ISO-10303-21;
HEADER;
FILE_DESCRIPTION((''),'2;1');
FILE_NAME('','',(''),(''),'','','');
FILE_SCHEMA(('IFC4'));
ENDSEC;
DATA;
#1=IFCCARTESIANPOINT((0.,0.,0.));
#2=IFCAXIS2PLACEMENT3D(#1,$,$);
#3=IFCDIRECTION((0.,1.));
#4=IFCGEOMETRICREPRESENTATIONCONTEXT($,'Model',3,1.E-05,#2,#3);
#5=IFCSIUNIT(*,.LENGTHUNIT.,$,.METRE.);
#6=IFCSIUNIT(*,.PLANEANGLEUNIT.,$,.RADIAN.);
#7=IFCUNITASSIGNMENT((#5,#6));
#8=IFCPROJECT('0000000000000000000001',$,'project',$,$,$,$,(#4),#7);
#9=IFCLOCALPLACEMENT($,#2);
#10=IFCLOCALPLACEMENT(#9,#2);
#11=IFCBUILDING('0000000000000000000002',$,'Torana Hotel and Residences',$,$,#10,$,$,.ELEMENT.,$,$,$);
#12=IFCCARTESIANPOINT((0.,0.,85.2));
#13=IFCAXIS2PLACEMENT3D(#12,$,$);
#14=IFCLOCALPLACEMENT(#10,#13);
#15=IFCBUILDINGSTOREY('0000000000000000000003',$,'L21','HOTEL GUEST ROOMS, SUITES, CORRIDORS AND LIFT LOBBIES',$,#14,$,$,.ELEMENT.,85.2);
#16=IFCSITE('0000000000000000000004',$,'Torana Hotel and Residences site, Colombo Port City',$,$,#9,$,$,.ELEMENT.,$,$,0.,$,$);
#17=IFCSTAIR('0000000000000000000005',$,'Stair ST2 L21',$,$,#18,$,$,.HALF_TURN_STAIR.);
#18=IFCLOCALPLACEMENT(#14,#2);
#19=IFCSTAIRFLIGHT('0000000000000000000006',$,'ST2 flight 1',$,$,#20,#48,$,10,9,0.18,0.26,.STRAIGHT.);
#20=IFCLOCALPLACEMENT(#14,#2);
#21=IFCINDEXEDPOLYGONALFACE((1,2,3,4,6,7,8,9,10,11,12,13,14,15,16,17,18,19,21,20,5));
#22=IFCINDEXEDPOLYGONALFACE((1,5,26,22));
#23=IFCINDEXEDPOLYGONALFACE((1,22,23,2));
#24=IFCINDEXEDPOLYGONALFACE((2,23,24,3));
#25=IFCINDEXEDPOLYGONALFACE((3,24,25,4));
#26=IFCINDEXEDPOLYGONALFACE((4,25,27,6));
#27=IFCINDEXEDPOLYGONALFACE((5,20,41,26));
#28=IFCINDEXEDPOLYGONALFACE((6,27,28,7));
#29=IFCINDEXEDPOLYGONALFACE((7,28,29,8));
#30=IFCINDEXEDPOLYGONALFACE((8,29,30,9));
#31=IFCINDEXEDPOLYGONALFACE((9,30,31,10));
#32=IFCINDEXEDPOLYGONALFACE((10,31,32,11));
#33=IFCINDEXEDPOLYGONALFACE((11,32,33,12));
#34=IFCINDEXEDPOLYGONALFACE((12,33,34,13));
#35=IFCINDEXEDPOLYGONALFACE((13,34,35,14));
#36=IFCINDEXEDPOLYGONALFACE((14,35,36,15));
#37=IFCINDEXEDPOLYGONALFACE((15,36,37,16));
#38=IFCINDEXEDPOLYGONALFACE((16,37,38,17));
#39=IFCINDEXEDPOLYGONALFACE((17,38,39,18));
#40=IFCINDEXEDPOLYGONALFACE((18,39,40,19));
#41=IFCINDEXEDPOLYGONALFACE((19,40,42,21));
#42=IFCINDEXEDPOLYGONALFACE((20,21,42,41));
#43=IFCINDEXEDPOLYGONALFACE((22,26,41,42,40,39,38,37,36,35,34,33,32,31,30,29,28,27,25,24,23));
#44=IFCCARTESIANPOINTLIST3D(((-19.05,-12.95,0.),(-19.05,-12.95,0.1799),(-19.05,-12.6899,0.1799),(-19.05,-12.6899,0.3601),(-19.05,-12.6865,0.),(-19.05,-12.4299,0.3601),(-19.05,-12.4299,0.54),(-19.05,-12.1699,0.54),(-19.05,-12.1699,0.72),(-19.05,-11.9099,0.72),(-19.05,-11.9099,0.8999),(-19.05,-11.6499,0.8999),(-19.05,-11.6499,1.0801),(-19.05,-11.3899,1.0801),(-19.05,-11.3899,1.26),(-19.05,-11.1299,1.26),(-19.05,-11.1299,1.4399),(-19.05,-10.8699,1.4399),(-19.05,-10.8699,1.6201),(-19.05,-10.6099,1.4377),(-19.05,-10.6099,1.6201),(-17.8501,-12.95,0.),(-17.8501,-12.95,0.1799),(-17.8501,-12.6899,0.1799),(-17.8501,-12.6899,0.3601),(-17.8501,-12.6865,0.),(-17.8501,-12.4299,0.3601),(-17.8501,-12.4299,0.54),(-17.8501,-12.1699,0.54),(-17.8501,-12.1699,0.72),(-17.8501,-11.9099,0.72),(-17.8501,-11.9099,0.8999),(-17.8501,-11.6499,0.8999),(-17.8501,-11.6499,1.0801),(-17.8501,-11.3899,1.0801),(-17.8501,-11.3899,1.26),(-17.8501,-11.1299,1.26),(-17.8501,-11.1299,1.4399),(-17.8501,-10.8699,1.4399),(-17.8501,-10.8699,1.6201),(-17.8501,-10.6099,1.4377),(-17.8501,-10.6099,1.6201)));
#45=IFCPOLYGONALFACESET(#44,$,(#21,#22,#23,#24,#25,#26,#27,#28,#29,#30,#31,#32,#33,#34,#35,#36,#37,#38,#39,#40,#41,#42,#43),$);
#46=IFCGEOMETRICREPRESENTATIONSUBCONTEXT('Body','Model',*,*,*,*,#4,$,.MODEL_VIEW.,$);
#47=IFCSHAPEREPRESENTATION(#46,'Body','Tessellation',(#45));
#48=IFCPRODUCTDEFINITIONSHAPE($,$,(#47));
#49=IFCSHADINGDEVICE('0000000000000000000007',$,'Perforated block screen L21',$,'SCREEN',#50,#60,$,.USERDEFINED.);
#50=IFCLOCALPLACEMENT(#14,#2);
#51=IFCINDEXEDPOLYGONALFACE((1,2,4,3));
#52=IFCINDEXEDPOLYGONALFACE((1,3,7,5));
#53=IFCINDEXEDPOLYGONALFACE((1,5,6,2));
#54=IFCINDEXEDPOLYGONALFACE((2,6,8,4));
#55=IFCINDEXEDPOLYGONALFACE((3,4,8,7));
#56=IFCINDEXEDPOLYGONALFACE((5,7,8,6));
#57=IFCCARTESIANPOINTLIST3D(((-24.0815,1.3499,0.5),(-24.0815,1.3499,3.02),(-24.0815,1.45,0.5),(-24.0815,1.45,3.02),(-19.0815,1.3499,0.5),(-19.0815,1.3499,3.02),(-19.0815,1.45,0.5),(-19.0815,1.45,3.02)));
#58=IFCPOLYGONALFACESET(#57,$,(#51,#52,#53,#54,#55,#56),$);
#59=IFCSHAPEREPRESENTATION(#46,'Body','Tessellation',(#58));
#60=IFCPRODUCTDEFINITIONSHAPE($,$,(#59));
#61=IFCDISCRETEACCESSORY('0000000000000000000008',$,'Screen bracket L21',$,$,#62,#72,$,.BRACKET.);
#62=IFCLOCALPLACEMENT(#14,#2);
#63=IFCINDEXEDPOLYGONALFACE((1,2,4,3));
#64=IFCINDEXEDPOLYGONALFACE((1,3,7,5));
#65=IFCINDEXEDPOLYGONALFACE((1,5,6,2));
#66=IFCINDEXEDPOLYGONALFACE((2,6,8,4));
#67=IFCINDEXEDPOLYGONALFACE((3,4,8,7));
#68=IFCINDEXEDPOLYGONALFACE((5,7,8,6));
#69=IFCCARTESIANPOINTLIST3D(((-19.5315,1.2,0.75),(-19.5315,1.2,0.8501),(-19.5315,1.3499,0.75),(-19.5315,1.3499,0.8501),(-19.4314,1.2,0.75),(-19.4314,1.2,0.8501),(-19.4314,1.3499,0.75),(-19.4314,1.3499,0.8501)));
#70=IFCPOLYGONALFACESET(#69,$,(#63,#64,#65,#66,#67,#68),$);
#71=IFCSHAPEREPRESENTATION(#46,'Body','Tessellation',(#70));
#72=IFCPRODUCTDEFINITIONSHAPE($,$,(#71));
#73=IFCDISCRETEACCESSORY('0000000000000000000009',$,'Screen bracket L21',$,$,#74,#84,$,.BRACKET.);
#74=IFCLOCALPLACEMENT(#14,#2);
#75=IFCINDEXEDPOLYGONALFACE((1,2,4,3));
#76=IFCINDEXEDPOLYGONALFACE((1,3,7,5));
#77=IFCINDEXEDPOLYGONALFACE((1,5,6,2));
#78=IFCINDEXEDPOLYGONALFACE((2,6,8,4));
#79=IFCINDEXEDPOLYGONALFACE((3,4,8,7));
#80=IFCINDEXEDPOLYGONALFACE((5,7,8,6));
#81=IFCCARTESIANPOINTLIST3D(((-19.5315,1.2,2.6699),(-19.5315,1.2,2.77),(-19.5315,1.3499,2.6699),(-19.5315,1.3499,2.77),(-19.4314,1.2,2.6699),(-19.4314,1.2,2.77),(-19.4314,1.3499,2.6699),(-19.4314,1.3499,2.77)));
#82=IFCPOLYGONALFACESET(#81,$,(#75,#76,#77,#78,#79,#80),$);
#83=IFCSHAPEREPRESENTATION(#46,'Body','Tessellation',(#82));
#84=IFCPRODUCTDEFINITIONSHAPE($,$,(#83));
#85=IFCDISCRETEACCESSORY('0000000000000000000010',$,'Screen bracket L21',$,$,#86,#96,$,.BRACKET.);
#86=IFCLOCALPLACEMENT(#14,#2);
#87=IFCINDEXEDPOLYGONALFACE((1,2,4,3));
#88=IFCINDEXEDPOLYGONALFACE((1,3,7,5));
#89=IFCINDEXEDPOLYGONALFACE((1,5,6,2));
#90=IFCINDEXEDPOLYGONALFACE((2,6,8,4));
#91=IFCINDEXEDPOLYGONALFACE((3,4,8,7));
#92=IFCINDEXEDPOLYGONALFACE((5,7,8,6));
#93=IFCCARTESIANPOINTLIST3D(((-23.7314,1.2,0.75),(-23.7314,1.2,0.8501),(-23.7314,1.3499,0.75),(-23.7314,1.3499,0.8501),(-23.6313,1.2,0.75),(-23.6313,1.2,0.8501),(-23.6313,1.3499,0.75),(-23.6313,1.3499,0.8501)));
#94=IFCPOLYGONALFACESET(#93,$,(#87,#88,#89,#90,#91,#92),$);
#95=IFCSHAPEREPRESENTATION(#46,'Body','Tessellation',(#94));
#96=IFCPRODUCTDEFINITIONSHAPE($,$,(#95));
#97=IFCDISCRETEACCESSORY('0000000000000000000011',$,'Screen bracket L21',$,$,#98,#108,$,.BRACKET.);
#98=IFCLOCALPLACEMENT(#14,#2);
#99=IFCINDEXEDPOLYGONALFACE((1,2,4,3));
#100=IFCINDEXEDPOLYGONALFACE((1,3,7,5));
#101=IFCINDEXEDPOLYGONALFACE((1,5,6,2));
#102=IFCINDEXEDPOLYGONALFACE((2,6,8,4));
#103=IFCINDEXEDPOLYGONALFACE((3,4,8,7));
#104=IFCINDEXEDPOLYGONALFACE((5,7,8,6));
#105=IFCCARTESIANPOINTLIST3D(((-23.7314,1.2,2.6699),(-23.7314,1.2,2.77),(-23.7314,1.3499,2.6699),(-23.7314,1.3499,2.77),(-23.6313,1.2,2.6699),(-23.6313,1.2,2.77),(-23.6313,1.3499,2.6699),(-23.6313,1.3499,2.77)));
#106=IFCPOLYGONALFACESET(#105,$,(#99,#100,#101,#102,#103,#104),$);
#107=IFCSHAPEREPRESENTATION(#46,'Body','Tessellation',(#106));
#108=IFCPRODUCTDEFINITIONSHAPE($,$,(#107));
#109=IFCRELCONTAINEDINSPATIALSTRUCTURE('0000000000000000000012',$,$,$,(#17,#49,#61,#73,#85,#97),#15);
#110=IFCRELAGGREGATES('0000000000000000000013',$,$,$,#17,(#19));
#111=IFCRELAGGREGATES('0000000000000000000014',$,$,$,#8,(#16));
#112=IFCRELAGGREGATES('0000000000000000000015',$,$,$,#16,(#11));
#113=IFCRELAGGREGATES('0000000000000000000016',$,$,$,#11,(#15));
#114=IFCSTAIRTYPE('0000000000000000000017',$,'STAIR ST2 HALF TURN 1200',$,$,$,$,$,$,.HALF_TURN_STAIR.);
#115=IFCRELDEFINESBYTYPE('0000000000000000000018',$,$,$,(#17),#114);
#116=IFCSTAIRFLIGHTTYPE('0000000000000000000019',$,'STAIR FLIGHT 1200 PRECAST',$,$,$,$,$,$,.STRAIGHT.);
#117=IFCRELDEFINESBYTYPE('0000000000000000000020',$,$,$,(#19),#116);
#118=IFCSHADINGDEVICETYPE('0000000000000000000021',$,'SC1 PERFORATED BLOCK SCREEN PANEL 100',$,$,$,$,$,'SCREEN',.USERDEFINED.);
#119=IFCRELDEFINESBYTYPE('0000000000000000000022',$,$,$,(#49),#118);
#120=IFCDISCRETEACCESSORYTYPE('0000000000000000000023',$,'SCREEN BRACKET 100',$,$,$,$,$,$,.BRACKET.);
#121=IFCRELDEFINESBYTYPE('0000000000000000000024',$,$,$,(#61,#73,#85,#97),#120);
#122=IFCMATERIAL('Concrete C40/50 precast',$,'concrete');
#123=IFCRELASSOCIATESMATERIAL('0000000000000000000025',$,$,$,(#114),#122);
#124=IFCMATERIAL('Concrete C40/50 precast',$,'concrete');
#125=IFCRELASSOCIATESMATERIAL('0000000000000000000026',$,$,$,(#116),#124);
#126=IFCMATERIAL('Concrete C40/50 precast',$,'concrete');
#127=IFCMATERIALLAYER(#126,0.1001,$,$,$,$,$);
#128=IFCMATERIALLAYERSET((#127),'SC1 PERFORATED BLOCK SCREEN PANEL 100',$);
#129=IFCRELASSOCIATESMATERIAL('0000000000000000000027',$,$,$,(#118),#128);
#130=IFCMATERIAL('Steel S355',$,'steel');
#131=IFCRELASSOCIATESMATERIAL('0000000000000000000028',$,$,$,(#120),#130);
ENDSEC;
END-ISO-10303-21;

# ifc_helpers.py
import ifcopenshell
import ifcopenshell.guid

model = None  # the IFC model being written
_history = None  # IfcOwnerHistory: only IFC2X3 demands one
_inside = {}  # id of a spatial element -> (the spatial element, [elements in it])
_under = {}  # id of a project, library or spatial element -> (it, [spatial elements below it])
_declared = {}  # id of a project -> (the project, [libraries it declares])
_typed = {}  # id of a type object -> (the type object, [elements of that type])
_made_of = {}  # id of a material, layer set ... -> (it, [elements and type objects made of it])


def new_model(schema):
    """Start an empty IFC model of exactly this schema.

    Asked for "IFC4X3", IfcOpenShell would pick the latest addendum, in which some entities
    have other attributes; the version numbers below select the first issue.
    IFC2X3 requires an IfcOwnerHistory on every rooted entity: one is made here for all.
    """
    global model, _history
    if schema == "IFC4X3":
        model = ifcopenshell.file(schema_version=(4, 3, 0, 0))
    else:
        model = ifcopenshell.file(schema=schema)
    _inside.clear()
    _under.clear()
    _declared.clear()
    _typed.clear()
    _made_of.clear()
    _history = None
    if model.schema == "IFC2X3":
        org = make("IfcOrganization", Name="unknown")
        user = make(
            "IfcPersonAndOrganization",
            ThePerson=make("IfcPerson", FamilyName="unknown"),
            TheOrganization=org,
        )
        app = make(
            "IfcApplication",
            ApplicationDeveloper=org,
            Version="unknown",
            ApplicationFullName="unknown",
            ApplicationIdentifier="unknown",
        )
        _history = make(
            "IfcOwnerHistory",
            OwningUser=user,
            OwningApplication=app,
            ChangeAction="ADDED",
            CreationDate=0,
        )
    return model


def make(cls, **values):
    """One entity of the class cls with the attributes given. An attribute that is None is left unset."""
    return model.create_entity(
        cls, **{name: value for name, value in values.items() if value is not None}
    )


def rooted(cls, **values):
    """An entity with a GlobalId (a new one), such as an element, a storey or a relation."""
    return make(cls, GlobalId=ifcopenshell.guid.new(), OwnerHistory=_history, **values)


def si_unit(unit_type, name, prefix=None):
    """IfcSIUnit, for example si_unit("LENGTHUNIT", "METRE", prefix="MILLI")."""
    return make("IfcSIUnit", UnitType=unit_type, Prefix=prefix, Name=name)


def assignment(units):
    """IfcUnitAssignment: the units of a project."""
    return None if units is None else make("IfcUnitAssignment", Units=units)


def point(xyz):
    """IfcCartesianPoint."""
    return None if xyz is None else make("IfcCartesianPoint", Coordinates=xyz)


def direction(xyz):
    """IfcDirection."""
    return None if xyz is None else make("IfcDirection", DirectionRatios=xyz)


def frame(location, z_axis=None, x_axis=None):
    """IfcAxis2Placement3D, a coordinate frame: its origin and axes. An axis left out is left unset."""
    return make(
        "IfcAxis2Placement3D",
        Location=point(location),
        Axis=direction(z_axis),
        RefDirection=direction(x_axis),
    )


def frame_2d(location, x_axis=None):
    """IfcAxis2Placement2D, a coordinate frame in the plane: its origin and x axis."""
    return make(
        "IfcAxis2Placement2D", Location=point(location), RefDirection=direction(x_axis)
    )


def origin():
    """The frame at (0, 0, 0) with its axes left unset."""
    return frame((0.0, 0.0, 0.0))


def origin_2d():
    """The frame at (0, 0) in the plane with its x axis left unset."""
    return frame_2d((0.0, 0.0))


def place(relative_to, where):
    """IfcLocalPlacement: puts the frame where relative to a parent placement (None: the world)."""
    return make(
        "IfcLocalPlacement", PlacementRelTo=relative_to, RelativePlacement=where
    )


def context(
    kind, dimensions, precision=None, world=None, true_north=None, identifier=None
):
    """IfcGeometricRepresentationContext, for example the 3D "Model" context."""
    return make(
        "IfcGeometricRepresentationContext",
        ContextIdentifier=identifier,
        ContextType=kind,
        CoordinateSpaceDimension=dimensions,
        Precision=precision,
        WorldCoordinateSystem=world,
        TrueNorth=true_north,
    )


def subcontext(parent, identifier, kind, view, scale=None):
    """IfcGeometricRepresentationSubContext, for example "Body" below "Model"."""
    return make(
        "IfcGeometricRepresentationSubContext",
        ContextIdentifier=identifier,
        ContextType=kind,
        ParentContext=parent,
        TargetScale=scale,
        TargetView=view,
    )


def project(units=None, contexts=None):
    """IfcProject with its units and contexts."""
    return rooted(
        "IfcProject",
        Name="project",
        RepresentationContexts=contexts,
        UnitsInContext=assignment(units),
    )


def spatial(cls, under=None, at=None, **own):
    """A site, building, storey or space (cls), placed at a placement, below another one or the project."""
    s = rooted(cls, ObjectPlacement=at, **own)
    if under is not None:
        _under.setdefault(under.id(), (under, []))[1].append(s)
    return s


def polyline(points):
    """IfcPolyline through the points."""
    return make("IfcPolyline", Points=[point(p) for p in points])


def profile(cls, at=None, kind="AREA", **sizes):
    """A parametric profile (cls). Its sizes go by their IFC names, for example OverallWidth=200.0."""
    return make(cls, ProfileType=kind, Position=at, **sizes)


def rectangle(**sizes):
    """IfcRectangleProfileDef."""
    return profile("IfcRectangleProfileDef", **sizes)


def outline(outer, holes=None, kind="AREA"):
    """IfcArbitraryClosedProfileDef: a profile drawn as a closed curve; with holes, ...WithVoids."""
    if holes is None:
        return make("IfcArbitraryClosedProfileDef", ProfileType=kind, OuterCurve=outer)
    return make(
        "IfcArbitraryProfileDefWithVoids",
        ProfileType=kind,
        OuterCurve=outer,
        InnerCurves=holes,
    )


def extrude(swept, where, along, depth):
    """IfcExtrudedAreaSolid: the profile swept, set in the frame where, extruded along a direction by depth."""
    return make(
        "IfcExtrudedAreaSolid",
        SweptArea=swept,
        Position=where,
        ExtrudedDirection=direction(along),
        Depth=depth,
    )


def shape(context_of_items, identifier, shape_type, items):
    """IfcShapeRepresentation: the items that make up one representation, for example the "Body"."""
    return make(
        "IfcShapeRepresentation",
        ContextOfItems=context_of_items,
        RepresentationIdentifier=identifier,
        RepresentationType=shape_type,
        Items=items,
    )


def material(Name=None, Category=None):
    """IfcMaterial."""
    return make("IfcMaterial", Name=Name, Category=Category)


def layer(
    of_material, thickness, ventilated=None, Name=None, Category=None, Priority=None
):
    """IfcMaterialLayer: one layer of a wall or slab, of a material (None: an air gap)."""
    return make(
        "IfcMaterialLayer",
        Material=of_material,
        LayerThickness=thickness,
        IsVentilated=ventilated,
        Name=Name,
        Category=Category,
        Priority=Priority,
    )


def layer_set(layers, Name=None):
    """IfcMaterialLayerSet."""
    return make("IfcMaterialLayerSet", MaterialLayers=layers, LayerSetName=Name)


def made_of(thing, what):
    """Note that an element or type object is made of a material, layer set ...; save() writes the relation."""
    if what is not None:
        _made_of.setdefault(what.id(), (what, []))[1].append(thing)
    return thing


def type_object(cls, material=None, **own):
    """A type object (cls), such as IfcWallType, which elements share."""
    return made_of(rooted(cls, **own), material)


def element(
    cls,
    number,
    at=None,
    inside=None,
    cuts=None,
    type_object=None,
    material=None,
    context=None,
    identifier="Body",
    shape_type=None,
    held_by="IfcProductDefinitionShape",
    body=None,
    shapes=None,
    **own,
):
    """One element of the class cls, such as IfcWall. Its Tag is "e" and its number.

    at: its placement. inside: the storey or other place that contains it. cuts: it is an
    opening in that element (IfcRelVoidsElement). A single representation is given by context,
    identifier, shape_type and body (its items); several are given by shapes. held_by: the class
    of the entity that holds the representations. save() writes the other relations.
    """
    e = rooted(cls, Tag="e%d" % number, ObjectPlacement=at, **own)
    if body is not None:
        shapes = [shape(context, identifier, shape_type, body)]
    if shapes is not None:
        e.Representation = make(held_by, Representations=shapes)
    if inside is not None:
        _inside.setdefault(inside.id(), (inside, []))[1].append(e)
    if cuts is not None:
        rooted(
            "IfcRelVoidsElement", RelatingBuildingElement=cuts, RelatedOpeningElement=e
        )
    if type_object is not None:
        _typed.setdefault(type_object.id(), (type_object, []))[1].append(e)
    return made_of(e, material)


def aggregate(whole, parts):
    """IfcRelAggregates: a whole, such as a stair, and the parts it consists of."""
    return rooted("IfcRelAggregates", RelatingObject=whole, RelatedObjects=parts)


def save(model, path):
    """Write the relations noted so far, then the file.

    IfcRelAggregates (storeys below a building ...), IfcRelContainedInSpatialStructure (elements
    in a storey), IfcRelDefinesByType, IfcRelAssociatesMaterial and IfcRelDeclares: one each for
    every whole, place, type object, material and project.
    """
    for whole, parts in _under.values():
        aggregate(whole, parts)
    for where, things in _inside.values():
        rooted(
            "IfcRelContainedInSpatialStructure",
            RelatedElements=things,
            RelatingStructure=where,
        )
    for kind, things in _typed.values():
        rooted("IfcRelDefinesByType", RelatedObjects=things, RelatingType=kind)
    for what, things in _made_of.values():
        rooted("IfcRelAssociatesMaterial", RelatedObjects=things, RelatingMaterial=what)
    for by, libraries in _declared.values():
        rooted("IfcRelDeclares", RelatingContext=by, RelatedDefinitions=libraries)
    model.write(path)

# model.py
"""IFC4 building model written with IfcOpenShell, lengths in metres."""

from ifc_helpers import new_model, si_unit, direction, frame, origin, origin_2d, place, context, subcontext, project, spatial, polyline, rectangle, outline, extrude, material, layer, layer_set, type_object, element, aggregate, save


model = new_model("IFC4")

# Units and contexts
model_context = context("Model", 3, precision=1e-05, world=origin(), true_north=direction((0.0, 1.0)))
body_context = subcontext(model_context, "Body", "Model", "MODEL_VIEW")
ifc_project = project(units=[si_unit("LENGTHUNIT", "METRE"), si_unit("PLANEANGLEUNIT", "RADIAN")], contexts=[model_context])

# Site, building, storey
site_placement = place(None, origin())
site = spatial("IfcSite", under=ifc_project, at=site_placement, Name="Torana Hotel and Residences site, Colombo Port City", CompositionType="ELEMENT", RefElevation=0.0)
building_placement = place(site_placement, origin())
building = spatial("IfcBuilding", under=site, at=building_placement, Name="Torana Hotel and Residences", CompositionType="ELEMENT")
storey_placement = place(building_placement, frame((0.0, 0.0, 85.2)))
storey = spatial("IfcBuildingStorey", under=building, at=storey_placement, Name="L21", Description="HOTEL GUEST ROOMS, SUITES, CORRIDORS AND LIFT LOBBIES", CompositionType="ELEMENT", Elevation=85.2)

# Stair, stair flight
ifc_material_1 = material(Name="Concrete C40/50 precast", Category="concrete")
stair_type = type_object("IfcStairType", Name="STAIR ST2 HALF TURN 1200", PredefinedType="HALF_TURN_STAIR", material=ifc_material_1)
stair_placement = place(storey_placement, origin())
stair = element("IfcStair", 1, at=stair_placement, inside=storey, type_object=stair_type, Name="Stair ST2 L21", PredefinedType="HALF_TURN_STAIR")
ifc_material_2 = material(Name="Concrete C40/50 precast", Category="concrete")
stair_flight_type = type_object("IfcStairFlightType", Name="STAIR FLIGHT 1200 PRECAST", PredefinedType="STRAIGHT", material=ifc_material_2)
stair_flight_placement = place(storey_placement, frame((-18.45, -12.95, 0.0), z_axis=(0.0, 0.0, 1.0), x_axis=(0.0, 1.0, 0.0)))
stair_flight = element("IfcStairFlight", 2, at=stair_flight_placement, type_object=stair_flight_type, Name="ST2 flight 1", NumberOfRisers=10, NumberOfTreads=9, PredefinedType="STRAIGHT", RiserHeight=0.18, TreadLength=0.26, context=body_context, shape_type="SweptSolid", body=[
    extrude(outline(polyline([(0.0, 0.0), (0.0, 0.1799), (0.26, 0.1799), (0.26, 0.3601), (0.52, 0.3601), (0.52, 0.54), (0.78, 0.54), (0.78, 0.72), (1.04, 0.72), (1.04, 0.8999), (1.3, 0.8999), (1.3, 1.0801), (1.5601, 1.0801), (1.5601, 1.26), (1.8201, 1.26), (1.8201, 1.4399), (2.0801, 1.4399), (2.0801, 1.6201), (2.3401, 1.6201), (2.3401, 1.8), (2.3401, 1.4377), (0.2634, 0.0), (0.0, 0.0)])), frame((0.0, 0.6001, 0.0), z_axis=(0.0, -1.0, 0.0), x_axis=(1.0, 0.0, 0.0)), (0.0, 0.0, 1.0), 1.2),
])
aggregate(stair, [stair_flight])

# Shading device
ifc_material_3 = material(Name="Concrete C40/50 precast", Category="concrete")
ifc_layer_1 = layer(ifc_material_3, 0.1001)
ifc_layer_set_1 = layer_set([ifc_layer_1], Name="SC1 PERFORATED BLOCK SCREEN PANEL 100")
shading_device_type = type_object("IfcShadingDeviceType", Name="SC1 PERFORATED BLOCK SCREEN PANEL 100", ElementType="SCREEN", PredefinedType="USERDEFINED", material=ifc_layer_set_1)
shading_device_placement = place(storey_placement, frame((-21.5815, 1.3999, 0.5), z_axis=(0.0, 0.0, 1.0), x_axis=(-1.0, 0.0, 0.0)))
element("IfcShadingDevice", 3, at=shading_device_placement, inside=storey, type_object=shading_device_type, Name="Perforated block screen L21", ObjectType="SCREEN", PredefinedType="USERDEFINED", context=body_context, shape_type="SweptSolid", body=[
    extrude(rectangle(XDim=5.0, YDim=0.1001, at=origin_2d()), origin(), (0.0, 0.0, 1.0), 2.52),
])

# Discrete accessories
ifc_material_4 = material(Name="Steel S355", Category="steel")
discrete_accessory_type = type_object("IfcDiscreteAccessoryType", Name="SCREEN BRACKET 100", PredefinedType="BRACKET", material=ifc_material_4)
for number, where, z_axis, x_axis, name in (
    (4, (-19.4814, 1.2749, 0.75), (0.0, 0.0, 1.0), (-1.0, 0.0, 0.0), "Screen bracket L21"),
    (5, (-19.4814, 1.2749, 2.6699), (0.0, 0.0, 1.0), (-1.0, 0.0, 0.0), "Screen bracket L21"),
    (6, (-23.6814, 1.2749, 0.75), (0.0, 0.0, 1.0), (-1.0, 0.0, 0.0), "Screen bracket L21"),
    (7, (-23.6814, 1.2749, 2.6699), (0.0, 0.0, 1.0), (-1.0, 0.0, 0.0), "Screen bracket L21"),
):
    element("IfcDiscreteAccessory", number, at=place(storey_placement, frame(where, z_axis=z_axis, x_axis=x_axis)), inside=storey, type_object=discrete_accessory_type, Name=name, PredefinedType="BRACKET", context=body_context, shape_type="SweptSolid", body=[
        extrude(rectangle(XDim=0.1001, YDim=0.1499, at=origin_2d()), origin(), (0.0, 0.0, 1.0), 0.1001),
    ])

save(model, "model.ifc")
